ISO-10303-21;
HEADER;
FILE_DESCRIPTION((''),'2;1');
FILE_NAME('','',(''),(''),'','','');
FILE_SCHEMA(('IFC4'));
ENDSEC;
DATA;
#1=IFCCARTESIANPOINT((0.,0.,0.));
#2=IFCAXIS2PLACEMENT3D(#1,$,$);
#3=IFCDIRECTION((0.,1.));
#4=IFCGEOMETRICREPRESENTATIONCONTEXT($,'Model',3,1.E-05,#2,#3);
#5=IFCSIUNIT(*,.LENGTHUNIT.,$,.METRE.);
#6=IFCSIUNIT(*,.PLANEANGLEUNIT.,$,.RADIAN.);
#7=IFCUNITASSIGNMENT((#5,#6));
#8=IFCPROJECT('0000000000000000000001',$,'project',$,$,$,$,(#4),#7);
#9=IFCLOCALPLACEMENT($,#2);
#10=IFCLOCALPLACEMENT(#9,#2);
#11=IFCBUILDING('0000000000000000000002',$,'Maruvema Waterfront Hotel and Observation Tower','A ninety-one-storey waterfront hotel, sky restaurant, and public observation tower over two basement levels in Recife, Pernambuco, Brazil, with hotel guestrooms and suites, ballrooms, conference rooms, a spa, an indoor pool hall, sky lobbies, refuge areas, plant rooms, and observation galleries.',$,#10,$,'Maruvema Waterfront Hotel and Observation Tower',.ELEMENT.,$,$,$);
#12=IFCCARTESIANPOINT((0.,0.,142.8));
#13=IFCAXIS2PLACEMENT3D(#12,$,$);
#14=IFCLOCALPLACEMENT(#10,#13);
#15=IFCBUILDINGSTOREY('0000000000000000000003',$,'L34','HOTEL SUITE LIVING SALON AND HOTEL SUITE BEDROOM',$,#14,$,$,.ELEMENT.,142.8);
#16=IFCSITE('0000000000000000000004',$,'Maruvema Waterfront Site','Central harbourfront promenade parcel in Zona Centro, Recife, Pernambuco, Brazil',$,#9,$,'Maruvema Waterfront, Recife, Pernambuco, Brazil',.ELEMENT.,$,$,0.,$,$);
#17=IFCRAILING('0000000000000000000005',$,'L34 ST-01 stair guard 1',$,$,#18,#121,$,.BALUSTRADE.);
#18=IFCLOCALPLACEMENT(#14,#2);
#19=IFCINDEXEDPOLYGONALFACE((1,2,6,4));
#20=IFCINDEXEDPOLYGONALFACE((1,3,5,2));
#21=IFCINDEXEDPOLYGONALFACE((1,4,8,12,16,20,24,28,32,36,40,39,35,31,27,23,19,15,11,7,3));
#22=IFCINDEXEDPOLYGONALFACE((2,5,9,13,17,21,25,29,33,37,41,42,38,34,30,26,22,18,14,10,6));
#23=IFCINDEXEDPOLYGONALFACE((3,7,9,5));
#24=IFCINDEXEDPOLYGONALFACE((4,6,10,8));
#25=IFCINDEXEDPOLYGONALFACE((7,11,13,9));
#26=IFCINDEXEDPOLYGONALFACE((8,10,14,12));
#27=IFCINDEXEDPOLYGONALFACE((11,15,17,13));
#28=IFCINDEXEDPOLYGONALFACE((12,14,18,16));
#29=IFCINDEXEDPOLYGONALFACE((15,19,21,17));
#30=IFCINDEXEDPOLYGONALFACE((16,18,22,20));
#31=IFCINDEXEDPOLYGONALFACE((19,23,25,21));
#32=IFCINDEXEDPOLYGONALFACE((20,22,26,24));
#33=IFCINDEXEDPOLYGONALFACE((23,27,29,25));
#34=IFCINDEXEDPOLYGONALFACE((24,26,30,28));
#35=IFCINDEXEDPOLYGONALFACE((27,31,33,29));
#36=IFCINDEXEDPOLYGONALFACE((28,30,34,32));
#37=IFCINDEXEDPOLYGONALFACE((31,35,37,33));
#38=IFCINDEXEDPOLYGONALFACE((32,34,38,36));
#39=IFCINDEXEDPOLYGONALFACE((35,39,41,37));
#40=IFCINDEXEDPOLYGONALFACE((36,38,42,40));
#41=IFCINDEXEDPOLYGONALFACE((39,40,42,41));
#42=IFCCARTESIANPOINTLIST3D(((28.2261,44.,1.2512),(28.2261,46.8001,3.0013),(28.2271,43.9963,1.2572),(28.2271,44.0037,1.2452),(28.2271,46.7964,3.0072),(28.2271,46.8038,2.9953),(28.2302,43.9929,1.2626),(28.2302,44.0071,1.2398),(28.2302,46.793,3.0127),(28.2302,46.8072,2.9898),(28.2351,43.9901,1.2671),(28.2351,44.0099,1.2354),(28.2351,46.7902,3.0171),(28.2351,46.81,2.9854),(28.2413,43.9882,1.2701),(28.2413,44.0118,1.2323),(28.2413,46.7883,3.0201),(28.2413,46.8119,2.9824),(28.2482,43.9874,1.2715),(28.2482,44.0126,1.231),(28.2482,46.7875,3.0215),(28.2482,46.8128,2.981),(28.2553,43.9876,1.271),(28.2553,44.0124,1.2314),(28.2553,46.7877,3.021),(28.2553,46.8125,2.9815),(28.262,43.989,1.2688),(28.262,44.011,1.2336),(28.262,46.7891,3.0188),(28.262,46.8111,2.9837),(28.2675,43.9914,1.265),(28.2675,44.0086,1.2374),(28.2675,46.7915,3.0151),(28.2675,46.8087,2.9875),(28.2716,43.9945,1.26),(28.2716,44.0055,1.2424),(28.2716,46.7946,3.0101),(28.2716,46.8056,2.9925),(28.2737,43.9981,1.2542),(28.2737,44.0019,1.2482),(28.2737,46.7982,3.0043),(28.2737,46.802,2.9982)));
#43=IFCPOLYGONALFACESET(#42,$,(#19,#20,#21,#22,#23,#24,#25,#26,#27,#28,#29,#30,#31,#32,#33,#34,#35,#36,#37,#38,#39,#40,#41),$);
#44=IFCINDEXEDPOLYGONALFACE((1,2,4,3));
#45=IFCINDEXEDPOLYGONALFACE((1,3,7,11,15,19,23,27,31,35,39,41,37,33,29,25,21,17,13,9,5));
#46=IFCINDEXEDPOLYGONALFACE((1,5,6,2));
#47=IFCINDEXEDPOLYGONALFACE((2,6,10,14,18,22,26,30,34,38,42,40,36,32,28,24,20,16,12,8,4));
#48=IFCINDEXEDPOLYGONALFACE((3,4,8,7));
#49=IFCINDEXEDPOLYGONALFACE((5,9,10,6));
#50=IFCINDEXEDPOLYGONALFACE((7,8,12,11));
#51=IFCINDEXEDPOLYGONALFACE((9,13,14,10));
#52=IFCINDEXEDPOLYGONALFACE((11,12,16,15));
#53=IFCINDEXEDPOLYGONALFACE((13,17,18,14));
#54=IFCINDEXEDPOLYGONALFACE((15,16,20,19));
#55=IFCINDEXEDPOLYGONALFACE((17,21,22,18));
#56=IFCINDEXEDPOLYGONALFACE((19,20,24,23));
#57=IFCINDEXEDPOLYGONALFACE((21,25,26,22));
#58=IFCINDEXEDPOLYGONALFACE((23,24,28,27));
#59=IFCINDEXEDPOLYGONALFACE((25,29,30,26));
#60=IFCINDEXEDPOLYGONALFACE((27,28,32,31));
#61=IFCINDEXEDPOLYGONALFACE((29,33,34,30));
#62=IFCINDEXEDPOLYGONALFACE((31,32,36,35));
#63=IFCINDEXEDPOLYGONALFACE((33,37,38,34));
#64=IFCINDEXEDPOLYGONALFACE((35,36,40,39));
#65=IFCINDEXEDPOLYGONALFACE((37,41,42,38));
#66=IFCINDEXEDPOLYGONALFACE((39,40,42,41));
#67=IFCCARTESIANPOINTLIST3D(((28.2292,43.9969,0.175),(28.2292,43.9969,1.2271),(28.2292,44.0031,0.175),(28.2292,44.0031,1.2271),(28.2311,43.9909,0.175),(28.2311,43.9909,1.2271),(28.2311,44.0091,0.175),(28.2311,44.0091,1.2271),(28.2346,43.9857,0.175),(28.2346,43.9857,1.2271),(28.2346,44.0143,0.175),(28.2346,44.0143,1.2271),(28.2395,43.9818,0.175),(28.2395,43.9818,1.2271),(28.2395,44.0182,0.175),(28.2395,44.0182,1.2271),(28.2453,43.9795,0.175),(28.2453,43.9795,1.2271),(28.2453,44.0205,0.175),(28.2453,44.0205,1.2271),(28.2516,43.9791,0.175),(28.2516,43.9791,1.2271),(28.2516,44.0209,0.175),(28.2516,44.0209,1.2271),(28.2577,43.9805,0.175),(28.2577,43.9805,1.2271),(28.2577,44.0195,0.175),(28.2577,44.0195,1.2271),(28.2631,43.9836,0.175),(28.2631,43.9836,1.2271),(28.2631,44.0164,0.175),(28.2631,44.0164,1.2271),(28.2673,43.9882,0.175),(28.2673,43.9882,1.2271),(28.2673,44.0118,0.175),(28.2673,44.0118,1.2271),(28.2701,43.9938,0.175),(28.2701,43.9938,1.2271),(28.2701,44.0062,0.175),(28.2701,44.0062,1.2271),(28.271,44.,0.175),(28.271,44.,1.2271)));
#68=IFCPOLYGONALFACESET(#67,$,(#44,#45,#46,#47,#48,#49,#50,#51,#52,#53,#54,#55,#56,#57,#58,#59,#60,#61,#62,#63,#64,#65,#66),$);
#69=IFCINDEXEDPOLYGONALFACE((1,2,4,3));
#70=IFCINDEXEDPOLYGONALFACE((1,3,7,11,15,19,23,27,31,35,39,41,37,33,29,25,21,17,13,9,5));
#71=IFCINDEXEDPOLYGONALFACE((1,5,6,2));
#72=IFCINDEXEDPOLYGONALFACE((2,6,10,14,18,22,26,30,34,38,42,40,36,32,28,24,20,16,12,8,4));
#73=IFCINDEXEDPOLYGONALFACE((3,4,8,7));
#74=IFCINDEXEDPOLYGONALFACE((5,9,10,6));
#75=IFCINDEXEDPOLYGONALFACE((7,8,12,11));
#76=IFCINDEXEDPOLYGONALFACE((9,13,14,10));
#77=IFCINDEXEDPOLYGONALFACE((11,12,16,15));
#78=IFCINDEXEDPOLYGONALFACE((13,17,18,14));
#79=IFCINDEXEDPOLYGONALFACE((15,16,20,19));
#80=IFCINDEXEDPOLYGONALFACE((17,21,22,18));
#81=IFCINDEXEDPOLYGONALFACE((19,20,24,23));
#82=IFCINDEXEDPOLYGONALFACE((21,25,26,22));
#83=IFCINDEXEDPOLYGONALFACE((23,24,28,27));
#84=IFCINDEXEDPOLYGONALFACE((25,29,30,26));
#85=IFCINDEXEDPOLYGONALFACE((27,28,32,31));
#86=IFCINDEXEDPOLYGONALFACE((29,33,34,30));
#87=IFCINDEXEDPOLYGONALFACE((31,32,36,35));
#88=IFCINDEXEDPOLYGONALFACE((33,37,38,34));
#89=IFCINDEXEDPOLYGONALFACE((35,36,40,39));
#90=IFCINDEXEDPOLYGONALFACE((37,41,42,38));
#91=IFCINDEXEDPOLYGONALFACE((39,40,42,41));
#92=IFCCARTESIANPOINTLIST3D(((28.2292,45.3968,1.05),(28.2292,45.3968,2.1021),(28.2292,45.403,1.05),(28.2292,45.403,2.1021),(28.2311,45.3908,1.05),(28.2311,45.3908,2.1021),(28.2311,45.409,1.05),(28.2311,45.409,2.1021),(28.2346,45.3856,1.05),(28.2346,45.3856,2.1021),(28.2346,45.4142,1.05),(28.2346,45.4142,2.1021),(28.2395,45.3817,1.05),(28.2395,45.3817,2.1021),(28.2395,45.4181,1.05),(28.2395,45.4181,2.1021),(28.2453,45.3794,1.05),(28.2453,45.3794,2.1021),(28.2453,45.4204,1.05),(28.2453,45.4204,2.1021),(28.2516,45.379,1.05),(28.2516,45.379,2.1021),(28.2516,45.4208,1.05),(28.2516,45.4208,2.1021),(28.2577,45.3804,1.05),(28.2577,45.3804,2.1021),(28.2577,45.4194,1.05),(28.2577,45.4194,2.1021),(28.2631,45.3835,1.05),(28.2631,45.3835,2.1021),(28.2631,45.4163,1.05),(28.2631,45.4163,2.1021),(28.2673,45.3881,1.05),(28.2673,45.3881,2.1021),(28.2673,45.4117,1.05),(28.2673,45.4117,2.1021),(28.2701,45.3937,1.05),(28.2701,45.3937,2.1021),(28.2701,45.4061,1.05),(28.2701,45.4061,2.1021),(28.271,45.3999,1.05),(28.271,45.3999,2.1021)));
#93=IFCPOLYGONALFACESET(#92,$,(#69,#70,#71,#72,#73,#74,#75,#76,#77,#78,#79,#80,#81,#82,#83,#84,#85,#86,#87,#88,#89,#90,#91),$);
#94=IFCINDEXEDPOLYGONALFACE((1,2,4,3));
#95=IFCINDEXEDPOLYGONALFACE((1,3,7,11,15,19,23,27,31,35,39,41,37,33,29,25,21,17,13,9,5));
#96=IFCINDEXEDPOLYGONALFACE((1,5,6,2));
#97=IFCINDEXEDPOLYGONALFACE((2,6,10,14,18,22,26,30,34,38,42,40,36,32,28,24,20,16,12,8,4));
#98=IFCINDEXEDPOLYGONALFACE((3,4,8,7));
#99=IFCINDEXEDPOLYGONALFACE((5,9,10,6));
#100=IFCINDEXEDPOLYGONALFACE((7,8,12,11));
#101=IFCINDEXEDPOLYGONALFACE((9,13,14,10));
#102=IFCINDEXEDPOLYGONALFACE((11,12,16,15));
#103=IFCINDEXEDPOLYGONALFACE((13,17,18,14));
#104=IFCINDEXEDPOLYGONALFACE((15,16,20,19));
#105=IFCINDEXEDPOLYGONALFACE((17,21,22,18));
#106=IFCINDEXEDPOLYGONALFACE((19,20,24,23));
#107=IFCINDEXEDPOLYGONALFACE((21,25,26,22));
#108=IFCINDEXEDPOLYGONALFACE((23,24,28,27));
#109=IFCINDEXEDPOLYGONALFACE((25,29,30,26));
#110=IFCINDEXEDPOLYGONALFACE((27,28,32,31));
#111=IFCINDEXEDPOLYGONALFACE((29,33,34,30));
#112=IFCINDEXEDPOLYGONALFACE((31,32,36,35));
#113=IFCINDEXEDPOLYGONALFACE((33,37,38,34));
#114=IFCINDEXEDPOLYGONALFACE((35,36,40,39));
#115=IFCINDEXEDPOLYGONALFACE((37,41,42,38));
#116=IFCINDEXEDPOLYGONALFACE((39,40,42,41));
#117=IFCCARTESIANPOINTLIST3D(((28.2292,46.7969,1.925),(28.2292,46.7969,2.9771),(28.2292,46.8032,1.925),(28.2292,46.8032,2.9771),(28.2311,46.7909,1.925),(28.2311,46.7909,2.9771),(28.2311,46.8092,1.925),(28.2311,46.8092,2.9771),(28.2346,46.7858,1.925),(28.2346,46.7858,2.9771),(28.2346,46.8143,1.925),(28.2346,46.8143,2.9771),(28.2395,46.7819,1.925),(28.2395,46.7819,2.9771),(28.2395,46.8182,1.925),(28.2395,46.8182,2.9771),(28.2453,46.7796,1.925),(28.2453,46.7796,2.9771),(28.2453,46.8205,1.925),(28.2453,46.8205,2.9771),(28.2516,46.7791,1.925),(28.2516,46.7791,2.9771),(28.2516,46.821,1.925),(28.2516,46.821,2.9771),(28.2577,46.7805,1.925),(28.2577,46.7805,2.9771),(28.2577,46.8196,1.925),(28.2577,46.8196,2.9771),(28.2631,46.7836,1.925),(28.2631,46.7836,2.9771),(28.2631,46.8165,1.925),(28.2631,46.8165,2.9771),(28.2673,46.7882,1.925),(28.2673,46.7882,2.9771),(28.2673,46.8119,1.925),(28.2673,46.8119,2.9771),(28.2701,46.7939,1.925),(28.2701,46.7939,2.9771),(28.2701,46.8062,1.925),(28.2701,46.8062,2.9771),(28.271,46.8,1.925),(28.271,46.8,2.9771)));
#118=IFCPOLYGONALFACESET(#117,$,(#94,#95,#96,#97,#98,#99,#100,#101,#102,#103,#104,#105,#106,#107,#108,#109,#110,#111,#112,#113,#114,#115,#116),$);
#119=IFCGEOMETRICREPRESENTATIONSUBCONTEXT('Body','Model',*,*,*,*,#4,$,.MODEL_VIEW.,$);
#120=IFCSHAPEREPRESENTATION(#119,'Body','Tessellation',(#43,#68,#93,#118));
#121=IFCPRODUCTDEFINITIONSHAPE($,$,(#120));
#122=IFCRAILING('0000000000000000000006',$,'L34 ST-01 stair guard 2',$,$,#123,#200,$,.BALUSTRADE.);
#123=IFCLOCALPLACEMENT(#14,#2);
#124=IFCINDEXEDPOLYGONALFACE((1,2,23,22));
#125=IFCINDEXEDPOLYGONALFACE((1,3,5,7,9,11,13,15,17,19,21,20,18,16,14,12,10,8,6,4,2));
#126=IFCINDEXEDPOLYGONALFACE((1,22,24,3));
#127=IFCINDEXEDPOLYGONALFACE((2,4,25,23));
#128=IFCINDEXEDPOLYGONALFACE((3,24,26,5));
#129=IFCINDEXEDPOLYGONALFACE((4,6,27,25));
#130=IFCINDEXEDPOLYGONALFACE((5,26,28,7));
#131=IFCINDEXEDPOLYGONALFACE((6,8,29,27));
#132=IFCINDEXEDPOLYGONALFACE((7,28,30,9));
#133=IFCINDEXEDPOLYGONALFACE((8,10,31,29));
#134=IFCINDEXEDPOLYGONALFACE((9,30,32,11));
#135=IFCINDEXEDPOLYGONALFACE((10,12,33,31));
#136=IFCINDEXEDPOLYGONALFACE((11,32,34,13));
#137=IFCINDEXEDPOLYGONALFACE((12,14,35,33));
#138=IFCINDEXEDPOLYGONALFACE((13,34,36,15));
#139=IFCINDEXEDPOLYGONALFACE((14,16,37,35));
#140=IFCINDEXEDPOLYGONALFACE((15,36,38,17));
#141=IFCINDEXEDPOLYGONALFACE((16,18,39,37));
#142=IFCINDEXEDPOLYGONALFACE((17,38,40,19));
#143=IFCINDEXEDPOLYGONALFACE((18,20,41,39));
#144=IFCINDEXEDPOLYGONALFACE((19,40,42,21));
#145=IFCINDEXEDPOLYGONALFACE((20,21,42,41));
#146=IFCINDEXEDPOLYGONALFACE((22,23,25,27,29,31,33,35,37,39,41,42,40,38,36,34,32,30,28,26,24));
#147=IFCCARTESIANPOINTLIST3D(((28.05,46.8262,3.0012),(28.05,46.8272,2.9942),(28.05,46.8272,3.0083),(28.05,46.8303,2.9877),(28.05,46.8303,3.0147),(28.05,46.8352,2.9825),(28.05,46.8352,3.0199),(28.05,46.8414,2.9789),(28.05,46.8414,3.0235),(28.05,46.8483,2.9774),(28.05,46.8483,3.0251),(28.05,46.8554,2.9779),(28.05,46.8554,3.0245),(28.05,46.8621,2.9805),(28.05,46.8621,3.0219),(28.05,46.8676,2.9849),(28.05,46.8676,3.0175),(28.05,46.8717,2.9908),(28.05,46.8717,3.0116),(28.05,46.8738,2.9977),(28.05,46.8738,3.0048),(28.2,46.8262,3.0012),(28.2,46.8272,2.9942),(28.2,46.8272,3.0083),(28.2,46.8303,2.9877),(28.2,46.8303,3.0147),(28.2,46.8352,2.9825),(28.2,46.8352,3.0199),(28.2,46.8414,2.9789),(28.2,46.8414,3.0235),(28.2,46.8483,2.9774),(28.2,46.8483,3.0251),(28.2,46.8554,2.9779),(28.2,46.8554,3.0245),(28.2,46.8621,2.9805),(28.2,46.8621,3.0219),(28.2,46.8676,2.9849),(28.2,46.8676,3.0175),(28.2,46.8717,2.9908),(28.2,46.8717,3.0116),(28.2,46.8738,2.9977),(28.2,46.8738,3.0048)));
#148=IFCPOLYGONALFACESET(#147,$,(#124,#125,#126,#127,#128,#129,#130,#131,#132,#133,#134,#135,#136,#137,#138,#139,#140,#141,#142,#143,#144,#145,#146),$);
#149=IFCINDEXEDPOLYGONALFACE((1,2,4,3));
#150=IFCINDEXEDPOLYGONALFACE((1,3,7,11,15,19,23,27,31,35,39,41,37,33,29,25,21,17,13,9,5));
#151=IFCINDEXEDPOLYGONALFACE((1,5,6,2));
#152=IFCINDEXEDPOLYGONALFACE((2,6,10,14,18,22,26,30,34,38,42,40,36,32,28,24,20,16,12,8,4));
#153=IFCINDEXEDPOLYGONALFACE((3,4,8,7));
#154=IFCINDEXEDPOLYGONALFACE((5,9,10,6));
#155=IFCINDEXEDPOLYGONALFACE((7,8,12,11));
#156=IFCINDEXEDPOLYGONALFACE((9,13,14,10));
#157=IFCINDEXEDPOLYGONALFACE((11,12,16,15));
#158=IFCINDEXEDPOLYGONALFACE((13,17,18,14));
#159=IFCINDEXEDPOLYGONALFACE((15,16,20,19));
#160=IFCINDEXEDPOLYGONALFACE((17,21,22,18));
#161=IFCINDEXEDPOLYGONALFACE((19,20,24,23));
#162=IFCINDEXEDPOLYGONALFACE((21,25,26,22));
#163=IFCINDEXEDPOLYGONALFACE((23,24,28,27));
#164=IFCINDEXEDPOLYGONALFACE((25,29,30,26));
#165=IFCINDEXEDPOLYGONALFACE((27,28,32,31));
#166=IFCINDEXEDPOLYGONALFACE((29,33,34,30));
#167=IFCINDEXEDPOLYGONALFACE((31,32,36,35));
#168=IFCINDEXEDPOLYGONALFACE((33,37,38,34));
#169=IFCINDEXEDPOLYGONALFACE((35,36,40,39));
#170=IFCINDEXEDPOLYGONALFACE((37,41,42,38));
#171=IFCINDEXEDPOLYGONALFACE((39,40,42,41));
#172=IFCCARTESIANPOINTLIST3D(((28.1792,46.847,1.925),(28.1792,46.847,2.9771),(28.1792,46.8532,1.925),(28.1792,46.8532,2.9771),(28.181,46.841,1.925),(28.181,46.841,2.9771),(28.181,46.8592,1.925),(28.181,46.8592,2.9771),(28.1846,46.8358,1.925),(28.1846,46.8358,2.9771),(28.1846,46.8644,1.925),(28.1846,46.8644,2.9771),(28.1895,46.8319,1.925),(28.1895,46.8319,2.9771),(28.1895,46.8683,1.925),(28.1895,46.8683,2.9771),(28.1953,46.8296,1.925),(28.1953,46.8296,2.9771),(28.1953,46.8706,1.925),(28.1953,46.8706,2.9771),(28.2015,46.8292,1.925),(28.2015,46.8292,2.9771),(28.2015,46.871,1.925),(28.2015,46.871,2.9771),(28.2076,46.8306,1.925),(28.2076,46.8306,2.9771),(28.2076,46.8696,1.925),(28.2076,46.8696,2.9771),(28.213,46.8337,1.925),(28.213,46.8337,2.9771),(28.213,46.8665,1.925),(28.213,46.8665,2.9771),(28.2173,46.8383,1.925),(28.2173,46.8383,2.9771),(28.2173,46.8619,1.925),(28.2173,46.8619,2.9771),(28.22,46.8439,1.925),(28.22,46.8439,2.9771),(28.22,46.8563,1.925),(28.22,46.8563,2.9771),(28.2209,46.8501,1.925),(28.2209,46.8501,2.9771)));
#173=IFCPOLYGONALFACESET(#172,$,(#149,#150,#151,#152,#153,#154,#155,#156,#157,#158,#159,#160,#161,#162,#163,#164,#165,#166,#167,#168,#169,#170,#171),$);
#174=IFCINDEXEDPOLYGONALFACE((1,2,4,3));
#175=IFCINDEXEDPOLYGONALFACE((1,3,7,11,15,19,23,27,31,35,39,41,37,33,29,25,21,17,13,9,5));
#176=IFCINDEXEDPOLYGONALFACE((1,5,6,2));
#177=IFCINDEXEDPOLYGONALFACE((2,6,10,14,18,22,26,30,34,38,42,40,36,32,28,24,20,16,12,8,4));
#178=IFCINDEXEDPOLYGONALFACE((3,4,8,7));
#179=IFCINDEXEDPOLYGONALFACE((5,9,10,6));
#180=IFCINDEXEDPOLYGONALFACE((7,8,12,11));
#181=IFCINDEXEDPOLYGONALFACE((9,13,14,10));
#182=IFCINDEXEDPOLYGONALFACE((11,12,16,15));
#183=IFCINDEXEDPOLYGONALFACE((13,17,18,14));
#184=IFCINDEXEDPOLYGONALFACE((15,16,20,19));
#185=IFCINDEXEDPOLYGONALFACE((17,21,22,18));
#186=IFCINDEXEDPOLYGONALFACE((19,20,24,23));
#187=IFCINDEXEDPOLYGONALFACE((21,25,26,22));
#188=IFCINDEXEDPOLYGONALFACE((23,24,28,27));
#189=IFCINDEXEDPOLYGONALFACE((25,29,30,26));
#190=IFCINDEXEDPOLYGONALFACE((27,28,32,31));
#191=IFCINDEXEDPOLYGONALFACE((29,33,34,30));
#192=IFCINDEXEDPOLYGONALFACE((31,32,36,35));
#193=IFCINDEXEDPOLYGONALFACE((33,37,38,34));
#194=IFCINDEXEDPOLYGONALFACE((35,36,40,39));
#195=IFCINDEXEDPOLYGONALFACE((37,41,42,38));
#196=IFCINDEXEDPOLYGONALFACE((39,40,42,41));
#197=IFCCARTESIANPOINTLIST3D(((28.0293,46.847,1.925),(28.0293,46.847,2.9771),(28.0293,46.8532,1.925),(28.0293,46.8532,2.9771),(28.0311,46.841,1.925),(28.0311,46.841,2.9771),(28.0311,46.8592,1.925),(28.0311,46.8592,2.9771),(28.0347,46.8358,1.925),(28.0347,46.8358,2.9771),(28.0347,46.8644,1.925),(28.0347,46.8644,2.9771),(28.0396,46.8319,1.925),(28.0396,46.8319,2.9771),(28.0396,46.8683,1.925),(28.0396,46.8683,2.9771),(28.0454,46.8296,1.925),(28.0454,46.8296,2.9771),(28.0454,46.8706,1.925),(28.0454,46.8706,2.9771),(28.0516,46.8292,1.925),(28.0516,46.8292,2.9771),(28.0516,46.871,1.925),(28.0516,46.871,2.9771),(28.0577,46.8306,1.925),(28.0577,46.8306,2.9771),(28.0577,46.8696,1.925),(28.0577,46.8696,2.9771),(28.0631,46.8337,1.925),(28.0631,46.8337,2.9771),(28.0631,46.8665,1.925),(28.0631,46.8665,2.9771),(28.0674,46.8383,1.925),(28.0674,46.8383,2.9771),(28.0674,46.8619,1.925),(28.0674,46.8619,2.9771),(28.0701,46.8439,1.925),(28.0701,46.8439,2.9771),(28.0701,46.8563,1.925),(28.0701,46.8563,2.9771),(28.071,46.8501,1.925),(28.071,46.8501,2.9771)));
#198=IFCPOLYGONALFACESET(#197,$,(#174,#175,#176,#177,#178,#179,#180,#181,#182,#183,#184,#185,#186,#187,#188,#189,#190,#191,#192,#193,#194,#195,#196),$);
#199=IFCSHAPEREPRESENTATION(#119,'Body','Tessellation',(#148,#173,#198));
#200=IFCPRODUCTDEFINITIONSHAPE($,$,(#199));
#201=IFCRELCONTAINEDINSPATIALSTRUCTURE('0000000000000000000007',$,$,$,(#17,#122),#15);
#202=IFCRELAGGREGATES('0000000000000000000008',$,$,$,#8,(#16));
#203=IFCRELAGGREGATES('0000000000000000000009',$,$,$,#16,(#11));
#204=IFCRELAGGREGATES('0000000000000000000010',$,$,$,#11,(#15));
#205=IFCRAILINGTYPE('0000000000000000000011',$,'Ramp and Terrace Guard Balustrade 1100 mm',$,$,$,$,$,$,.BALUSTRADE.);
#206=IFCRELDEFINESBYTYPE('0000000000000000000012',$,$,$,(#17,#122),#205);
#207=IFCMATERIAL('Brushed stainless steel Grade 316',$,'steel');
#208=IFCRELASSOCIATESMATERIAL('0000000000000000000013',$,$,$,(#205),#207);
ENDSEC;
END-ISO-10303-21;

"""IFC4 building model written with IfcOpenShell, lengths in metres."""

from ifc_helpers import new_model, si_unit, direction, frame, origin, origin_2d, place, context, subcontext, project, spatial, circle, extrude, material, type_object, element, save


model = new_model("IFC4")

# Units and contexts
model_context = context("Model", 3, precision=1e-05, world=origin(), true_north=direction((0.0, 1.0)))
body_context = subcontext(model_context, "Body", "Model", "MODEL_VIEW")
ifc_project = project(units=[si_unit("LENGTHUNIT", "METRE"), si_unit("PLANEANGLEUNIT", "RADIAN")], contexts=[model_context])

# Site, building, storey
site_placement = place(None, origin())
site = spatial("IfcSite", under=ifc_project, at=site_placement, Name="Maruvema Waterfront Site", Description="Central harbourfront promenade parcel in Zona Centro, Recife, Pernambuco, Brazil", LongName="Maruvema Waterfront, Recife, Pernambuco, Brazil", CompositionType="ELEMENT", RefElevation=0.0)
building_placement = place(site_placement, origin())
building = spatial("IfcBuilding", under=site, at=building_placement, Name="Maruvema Waterfront Hotel and Observation Tower", Description="A ninety-one-storey waterfront hotel, sky restaurant, and public observation tower over two basement levels in Recife, Pernambuco, Brazil, with hotel guestrooms and suites, ballrooms, conference rooms, a spa, an indoor pool hall, sky lobbies, refuge areas, plant rooms, and observation galleries.", LongName="Maruvema Waterfront Hotel and Observation Tower", CompositionType="ELEMENT")
storey_placement = place(building_placement, frame((0.0, 0.0, 142.8)))
storey = spatial("IfcBuildingStorey", under=building, at=storey_placement, Name="L34", Description="HOTEL SUITE LIVING SALON AND HOTEL SUITE BEDROOM", CompositionType="ELEMENT", Elevation=142.8)

# Railings
ifc_material_1 = material(Name="Brushed stainless steel Grade 316", Category="steel")
railing_type_1 = type_object("IfcRailingType", Name="Ramp and Terrace Guard Balustrade 1100 mm", PredefinedType="BALUSTRADE", material=ifc_material_1)
railing_1_placement = place(storey_placement, frame((28.25, 44.0, 0.175)))
element("IfcRailing", 1, at=railing_1_placement, inside=storey, type_object=railing_type_1, Name="L34 ST-01 stair guard 1", PredefinedType="BALUSTRADE", context=body_context, shape_type="SweptSolid", body=[
    extrude(circle(Radius=0.0239, at=origin_2d()), frame((0.0, 0.0, 1.0762), z_axis=(0.0, 0.848002, 0.529992), x_axis=(-1.0, 0.0, 0.0)), (0.0, 0.0, 1.0), 3.302),
    extrude(circle(Radius=0.021, at=origin_2d()), origin(), (0.0, 0.0, 1.0), 1.052),
    extrude(circle(Radius=0.021, at=origin_2d()), frame((0.0, 1.3999, 0.875)), (0.0, 0.0, 1.0), 1.052),
    extrude(circle(Radius=0.021, at=origin_2d()), frame((0.0, 2.8, 1.75)), (0.0, 0.0, 1.0), 1.052),
])
railing_2_placement = place(storey_placement, frame((28.2, 46.8501, 1.925)))
element("IfcRailing", 2, at=railing_2_placement, inside=storey, type_object=railing_type_1, Name="L34 ST-01 stair guard 2", PredefinedType="BALUSTRADE", context=body_context, shape_type="SweptSolid", body=[
    extrude(circle(Radius=0.0239, at=origin_2d()), frame((0.0, 0.0, 1.0762), z_axis=(-1.0, 0.0, 0.0), x_axis=(0.0, -1.0, 0.0)), (0.0, 0.0, 1.0), 0.1499),
    extrude(circle(Radius=0.021, at=origin_2d()), origin(), (0.0, 0.0, 1.0), 1.052),
    extrude(circle(Radius=0.021, at=origin_2d()), frame((-0.1499, 0.0, 0.0)), (0.0, 0.0, 1.0), 1.052),
])

save(model, "model.ifc")
